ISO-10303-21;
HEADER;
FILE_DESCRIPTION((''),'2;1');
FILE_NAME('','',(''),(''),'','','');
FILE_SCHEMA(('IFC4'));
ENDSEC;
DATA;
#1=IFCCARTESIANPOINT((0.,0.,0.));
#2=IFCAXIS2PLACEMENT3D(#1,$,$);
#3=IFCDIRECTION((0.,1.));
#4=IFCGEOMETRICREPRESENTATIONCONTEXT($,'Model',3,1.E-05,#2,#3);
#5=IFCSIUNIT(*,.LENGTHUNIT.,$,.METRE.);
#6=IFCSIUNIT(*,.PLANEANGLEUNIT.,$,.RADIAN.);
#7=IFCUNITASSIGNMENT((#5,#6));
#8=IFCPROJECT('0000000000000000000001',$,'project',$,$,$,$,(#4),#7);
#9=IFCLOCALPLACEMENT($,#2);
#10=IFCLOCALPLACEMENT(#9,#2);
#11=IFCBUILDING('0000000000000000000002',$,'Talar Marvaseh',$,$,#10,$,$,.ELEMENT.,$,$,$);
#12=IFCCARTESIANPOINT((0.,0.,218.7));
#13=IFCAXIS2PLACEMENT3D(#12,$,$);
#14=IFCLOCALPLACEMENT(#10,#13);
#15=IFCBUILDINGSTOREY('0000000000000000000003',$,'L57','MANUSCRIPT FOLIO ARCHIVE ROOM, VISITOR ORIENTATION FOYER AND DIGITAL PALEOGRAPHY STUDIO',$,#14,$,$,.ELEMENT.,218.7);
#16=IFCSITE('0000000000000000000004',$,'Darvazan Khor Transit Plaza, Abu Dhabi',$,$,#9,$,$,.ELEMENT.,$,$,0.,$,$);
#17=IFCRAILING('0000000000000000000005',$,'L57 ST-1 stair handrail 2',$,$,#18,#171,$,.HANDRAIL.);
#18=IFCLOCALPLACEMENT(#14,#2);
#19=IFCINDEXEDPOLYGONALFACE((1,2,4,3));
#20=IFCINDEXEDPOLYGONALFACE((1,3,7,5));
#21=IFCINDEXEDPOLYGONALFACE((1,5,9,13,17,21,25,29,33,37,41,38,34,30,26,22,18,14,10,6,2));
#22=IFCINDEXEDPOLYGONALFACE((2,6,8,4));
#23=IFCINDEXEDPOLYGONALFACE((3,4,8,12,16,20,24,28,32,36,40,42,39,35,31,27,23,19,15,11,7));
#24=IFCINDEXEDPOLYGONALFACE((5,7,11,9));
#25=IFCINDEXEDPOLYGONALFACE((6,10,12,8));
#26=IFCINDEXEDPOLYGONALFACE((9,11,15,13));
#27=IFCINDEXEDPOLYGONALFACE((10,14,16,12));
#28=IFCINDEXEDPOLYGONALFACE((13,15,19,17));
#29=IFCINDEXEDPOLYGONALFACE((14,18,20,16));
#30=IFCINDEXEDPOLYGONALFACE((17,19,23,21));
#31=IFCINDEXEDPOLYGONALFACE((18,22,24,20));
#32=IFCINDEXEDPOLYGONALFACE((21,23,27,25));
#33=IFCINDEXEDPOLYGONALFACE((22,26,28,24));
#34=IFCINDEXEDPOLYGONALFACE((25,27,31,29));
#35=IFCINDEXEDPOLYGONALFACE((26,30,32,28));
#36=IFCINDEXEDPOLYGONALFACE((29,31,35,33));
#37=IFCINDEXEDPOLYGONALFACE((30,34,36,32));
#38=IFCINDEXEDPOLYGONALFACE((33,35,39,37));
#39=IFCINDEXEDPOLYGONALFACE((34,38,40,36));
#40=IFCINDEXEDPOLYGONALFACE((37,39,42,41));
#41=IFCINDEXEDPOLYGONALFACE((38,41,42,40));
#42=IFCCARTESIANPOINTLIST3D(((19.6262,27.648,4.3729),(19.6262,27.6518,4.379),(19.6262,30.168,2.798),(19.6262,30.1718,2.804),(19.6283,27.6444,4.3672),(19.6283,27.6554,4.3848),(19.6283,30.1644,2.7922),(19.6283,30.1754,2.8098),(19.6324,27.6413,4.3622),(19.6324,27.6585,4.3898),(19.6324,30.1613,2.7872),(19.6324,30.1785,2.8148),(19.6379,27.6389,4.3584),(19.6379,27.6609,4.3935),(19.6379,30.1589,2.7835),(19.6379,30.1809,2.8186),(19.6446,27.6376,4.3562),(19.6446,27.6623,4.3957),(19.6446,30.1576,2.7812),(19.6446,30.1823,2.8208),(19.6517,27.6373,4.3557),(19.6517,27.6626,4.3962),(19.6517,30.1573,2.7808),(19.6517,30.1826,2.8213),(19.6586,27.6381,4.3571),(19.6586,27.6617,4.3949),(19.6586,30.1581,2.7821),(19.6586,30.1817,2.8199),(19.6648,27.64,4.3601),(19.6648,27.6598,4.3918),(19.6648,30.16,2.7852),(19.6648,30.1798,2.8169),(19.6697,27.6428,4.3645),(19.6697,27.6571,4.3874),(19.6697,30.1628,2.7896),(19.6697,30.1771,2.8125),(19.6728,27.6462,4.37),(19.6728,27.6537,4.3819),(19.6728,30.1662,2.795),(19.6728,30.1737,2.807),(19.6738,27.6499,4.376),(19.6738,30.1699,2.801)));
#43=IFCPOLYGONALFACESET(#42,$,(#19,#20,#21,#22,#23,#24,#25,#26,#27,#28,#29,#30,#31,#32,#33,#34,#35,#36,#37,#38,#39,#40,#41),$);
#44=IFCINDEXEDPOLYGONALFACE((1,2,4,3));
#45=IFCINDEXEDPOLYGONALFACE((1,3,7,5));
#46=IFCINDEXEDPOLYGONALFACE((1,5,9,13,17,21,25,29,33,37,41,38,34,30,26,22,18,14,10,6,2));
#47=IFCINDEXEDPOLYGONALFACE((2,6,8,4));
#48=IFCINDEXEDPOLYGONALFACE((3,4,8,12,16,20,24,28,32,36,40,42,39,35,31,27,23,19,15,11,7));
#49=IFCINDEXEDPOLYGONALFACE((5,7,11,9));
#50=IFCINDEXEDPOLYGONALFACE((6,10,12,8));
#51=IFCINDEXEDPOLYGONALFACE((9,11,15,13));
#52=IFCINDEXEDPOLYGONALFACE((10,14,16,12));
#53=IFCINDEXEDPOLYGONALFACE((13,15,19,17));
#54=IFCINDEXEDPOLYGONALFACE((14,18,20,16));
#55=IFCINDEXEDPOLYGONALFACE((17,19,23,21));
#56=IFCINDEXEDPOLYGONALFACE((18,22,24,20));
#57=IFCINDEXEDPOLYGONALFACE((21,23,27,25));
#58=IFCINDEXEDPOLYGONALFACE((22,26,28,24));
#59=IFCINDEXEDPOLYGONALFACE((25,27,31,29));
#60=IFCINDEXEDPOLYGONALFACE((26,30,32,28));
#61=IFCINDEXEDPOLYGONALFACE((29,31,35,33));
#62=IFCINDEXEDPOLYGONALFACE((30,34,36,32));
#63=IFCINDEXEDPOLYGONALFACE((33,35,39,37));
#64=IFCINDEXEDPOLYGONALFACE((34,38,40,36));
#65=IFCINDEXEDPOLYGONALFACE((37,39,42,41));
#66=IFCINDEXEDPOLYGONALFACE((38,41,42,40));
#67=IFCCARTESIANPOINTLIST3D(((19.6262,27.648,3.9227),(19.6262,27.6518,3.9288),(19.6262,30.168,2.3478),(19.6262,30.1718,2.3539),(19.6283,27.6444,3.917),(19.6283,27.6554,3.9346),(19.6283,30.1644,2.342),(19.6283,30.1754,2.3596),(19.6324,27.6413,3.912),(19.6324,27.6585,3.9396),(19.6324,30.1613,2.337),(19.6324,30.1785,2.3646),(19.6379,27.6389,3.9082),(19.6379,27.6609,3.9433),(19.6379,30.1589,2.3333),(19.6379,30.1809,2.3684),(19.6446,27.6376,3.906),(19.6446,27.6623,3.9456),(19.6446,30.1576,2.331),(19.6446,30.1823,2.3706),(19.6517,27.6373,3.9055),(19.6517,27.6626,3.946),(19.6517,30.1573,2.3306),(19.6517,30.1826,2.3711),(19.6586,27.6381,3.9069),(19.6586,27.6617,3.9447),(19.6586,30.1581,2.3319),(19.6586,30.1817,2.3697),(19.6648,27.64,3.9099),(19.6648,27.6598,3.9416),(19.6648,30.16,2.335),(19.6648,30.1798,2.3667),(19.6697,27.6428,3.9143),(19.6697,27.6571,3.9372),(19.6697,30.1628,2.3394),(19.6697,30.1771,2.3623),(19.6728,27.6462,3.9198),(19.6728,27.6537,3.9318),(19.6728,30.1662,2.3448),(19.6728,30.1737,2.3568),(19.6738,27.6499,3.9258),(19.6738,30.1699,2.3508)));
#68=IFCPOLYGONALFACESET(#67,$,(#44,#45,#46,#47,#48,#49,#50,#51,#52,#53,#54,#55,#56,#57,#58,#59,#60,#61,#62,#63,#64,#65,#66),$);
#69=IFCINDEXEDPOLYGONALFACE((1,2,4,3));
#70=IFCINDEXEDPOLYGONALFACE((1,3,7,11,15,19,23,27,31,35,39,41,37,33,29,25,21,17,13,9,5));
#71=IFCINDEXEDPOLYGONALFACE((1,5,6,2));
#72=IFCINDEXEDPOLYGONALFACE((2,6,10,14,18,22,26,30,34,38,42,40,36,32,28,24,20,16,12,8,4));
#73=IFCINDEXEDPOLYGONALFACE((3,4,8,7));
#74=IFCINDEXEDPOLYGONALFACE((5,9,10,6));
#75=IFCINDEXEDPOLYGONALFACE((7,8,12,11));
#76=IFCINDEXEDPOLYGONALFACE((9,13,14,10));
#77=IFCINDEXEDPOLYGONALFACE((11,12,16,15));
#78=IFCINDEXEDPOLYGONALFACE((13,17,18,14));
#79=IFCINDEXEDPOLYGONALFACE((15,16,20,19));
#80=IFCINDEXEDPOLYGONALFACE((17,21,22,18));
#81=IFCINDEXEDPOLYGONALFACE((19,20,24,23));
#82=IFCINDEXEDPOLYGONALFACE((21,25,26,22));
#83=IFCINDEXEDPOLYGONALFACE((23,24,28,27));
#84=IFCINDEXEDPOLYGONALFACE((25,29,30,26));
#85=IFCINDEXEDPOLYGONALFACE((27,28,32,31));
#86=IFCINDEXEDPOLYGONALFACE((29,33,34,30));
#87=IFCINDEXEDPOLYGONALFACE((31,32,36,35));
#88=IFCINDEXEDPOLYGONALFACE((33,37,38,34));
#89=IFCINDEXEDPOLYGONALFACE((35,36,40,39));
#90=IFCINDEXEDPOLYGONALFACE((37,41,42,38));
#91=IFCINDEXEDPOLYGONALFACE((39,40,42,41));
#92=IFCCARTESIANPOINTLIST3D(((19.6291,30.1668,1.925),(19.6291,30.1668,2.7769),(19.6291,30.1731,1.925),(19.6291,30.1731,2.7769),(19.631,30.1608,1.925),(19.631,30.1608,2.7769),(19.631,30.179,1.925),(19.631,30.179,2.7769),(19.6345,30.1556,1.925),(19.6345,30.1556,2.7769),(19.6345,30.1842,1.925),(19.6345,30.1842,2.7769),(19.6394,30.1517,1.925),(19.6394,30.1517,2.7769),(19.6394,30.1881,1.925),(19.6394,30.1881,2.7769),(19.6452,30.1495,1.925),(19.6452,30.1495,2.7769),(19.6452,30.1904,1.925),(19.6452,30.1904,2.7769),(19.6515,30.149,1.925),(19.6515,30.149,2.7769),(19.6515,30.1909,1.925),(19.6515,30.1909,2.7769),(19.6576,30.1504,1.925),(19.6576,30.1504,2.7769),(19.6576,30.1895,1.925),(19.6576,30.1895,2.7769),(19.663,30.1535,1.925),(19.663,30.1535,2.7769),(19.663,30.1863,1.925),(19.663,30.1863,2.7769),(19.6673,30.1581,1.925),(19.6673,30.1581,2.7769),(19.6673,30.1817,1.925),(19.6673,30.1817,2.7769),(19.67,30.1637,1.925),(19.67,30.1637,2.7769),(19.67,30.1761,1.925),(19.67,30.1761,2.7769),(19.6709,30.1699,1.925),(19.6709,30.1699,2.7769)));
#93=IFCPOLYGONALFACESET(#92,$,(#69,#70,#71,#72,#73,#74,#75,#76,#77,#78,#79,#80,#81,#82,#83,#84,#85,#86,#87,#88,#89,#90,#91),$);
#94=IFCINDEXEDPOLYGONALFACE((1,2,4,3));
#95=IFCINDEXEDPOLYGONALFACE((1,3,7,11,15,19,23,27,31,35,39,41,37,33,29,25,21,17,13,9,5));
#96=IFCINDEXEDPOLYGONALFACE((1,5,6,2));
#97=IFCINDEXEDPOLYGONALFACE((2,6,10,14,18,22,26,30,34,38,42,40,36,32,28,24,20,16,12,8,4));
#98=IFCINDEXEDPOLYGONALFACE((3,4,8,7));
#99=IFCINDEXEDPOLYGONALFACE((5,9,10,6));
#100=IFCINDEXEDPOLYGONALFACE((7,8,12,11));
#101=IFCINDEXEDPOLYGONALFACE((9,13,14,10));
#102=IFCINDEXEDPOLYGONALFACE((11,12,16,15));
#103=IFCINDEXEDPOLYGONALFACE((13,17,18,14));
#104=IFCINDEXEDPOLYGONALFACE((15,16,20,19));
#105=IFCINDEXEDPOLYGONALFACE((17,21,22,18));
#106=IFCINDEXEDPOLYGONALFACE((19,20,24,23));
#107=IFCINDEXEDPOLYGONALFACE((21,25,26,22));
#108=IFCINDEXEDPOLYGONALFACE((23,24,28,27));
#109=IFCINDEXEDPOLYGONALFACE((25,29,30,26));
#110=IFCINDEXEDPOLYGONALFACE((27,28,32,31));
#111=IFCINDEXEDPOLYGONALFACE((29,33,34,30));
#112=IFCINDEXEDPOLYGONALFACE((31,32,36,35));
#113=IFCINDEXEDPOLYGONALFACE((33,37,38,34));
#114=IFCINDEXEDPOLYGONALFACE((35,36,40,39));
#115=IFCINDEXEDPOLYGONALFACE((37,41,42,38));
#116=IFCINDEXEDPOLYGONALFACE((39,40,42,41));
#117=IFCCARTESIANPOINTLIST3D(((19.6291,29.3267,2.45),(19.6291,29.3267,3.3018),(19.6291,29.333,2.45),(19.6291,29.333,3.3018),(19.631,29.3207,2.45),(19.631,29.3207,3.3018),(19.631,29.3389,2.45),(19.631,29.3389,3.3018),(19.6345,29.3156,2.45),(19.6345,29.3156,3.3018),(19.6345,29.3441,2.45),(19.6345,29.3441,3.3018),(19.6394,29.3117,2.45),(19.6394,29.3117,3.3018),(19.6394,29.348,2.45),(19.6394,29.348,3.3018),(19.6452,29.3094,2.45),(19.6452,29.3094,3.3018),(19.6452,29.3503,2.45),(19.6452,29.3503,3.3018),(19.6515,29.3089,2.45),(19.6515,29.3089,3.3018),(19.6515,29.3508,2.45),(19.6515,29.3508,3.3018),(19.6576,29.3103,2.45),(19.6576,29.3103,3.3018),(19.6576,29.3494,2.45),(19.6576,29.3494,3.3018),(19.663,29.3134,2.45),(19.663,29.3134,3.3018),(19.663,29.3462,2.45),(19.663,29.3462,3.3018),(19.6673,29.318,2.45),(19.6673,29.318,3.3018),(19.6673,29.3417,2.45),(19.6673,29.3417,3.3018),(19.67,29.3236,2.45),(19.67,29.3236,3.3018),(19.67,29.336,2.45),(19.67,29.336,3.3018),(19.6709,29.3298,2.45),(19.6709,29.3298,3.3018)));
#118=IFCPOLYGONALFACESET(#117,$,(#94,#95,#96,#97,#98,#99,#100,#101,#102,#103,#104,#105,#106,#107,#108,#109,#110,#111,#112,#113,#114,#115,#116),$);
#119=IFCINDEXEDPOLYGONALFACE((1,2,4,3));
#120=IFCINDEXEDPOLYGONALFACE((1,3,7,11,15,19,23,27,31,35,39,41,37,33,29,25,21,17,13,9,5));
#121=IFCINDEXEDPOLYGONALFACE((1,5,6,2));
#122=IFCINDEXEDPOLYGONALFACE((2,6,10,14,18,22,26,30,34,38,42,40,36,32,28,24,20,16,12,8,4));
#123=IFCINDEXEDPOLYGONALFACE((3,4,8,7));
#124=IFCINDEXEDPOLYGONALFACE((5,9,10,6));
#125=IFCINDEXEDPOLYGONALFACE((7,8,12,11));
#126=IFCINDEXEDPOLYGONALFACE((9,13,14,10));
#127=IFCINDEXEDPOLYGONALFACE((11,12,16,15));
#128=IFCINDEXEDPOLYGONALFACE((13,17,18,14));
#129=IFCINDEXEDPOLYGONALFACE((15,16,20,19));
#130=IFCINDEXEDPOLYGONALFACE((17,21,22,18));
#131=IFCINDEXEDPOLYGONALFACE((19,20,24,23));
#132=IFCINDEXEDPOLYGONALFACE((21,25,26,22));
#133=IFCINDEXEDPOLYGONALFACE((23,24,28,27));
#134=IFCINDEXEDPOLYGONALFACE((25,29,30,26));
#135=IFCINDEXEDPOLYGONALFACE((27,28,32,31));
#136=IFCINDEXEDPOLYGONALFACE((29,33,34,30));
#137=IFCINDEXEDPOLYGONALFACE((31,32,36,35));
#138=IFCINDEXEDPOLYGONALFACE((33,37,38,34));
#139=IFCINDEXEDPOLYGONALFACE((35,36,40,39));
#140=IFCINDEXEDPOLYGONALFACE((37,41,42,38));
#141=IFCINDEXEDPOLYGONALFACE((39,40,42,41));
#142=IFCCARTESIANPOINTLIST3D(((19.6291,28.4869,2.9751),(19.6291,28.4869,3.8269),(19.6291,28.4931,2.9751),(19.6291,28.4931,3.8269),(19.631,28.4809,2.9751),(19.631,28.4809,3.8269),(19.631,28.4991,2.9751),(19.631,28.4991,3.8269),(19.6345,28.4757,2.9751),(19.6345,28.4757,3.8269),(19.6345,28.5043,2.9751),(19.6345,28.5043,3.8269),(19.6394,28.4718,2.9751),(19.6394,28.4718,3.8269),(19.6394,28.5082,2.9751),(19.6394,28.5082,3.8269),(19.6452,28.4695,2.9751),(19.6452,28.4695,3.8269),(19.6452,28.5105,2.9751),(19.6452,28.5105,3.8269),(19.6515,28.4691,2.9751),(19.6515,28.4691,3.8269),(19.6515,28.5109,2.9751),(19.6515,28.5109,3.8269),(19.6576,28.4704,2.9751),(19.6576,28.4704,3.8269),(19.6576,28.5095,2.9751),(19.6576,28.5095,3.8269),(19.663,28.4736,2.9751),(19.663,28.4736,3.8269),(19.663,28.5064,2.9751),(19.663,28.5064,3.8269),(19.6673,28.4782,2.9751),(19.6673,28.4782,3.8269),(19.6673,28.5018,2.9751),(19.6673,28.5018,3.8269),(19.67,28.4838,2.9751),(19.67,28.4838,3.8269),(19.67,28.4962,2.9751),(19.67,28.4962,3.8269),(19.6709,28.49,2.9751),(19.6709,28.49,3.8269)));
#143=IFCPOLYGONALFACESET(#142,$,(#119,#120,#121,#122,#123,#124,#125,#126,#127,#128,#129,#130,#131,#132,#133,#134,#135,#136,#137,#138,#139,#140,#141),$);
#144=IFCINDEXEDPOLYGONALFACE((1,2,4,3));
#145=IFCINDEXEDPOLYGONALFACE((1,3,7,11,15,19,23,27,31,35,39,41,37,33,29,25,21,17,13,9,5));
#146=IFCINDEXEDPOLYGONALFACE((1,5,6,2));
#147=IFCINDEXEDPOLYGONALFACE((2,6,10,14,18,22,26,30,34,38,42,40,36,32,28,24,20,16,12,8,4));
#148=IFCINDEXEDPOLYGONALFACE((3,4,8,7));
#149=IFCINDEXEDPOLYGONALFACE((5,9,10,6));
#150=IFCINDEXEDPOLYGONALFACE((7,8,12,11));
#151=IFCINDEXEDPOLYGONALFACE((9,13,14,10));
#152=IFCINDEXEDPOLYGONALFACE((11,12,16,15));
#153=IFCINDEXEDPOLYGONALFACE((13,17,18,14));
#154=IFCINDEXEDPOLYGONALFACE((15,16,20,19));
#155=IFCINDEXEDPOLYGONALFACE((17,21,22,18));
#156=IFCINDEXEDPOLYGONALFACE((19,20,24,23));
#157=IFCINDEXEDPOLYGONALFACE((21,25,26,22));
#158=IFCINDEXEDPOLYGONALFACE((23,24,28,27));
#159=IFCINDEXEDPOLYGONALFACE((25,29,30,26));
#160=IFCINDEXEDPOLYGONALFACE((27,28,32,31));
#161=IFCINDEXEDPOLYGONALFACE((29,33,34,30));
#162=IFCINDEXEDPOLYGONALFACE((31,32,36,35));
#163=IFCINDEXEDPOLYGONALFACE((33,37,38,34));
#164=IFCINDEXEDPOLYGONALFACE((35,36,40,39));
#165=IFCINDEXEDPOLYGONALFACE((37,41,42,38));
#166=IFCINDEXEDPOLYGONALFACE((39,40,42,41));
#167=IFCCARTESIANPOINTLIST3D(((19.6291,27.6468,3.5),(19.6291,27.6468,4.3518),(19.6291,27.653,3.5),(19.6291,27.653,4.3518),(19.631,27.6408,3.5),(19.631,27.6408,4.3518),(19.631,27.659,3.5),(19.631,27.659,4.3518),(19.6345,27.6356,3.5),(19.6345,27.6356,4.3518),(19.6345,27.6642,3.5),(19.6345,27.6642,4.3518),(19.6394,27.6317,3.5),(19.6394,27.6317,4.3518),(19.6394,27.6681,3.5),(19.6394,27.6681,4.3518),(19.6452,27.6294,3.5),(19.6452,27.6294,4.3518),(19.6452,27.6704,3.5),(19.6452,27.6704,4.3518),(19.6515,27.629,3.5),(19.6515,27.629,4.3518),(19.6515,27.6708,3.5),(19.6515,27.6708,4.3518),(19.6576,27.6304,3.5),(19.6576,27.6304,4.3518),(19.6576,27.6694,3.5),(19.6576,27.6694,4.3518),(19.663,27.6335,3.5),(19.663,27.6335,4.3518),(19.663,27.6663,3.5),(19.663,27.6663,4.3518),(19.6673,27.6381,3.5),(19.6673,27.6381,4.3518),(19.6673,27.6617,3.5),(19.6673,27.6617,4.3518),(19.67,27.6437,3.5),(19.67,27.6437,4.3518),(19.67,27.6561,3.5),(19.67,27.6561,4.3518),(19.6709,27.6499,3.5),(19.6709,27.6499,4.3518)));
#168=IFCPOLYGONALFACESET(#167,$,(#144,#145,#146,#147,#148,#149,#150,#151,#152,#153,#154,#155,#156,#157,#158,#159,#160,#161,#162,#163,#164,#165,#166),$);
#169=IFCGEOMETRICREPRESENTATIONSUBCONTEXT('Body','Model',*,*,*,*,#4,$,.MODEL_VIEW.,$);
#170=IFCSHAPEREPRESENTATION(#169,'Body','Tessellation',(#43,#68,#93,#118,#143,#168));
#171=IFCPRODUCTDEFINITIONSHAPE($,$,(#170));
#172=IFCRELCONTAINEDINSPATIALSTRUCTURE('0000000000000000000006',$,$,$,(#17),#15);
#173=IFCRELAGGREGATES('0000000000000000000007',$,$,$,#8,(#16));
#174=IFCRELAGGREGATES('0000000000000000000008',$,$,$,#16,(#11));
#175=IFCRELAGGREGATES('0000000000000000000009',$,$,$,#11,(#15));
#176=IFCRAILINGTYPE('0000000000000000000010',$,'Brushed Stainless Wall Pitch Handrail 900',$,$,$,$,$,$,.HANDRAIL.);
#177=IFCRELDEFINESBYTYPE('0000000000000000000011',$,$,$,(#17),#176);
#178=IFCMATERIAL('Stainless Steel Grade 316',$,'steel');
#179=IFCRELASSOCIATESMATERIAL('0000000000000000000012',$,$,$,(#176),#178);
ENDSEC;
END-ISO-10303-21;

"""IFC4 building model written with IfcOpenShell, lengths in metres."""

from ifc_helpers import new_model, si_unit, direction, frame, origin, origin_2d, place, context, subcontext, project, spatial, circle, extrude, material, type_object, element, save


model = new_model("IFC4")

# Units and contexts
model_context = context("Model", 3, precision=1e-05, world=origin(), true_north=direction((0.0, 1.0)))
body_context = subcontext(model_context, "Body", "Model", "MODEL_VIEW")
ifc_project = project(units=[si_unit("LENGTHUNIT", "METRE"), si_unit("PLANEANGLEUNIT", "RADIAN")], contexts=[model_context])

# Site, building, storey
site_placement = place(None, origin())
site = spatial("IfcSite", under=ifc_project, at=site_placement, Name="Darvazan Khor Transit Plaza, Abu Dhabi", CompositionType="ELEMENT", RefElevation=0.0)
building_placement = place(site_placement, origin())
building = spatial("IfcBuilding", under=site, at=building_placement, Name="Talar Marvaseh", CompositionType="ELEMENT")
storey_placement = place(building_placement, frame((0.0, 0.0, 218.7)))
storey = spatial("IfcBuildingStorey", under=building, at=storey_placement, Name="L57", Description="MANUSCRIPT FOLIO ARCHIVE ROOM, VISITOR ORIENTATION FOYER AND DIGITAL PALEOGRAPHY STUDIO", CompositionType="ELEMENT", Elevation=218.7)

# Railing
ifc_material_1 = material(Name="Stainless Steel Grade 316", Category="steel")
railing_type_1 = type_object("IfcRailingType", Name="Brushed Stainless Wall Pitch Handrail 900", PredefinedType="HANDRAIL", material=ifc_material_1)
railing_1_placement = place(storey_placement, frame((19.6499, 30.1699, 1.925)))
element("IfcRailing", 1, at=railing_1_placement, inside=storey, type_object=railing_type_1, Name="L57 ST-1 stair handrail 2", PredefinedType="HANDRAIL", context=body_context, shape_type="SweptSolid", body=[
    extrude(circle(Radius=0.0239, at=origin_2d()), frame((0.0, 0.0, 0.876), z_axis=(0.0, -0.848008, 0.529984), x_axis=(1.0, 0.0, 0.0)), (0.0, 0.0, 1.0), 2.9717),
    extrude(circle(Radius=0.0239, at=origin_2d()), frame((0.0, 0.0, 0.4258), z_axis=(0.0, -0.848008, 0.529984), x_axis=(1.0, 0.0, 0.0)), (0.0, 0.0, 1.0), 2.9717),
    extrude(circle(Radius=0.021, at=origin_2d()), origin(), (0.0, 0.0, 1.0), 0.8518),
    extrude(circle(Radius=0.021, at=origin_2d()), frame((0.0, -0.8401, 0.5249)), (0.0, 0.0, 1.0), 0.8518),
    extrude(circle(Radius=0.021, at=origin_2d()), frame((0.0, -1.6799, 1.05)), (0.0, 0.0, 1.0), 0.8518),
    extrude(circle(Radius=0.021, at=origin_2d()), frame((0.0, -2.52, 1.575)), (0.0, 0.0, 1.0), 0.8518),
])

save(model, "model.ifc")
